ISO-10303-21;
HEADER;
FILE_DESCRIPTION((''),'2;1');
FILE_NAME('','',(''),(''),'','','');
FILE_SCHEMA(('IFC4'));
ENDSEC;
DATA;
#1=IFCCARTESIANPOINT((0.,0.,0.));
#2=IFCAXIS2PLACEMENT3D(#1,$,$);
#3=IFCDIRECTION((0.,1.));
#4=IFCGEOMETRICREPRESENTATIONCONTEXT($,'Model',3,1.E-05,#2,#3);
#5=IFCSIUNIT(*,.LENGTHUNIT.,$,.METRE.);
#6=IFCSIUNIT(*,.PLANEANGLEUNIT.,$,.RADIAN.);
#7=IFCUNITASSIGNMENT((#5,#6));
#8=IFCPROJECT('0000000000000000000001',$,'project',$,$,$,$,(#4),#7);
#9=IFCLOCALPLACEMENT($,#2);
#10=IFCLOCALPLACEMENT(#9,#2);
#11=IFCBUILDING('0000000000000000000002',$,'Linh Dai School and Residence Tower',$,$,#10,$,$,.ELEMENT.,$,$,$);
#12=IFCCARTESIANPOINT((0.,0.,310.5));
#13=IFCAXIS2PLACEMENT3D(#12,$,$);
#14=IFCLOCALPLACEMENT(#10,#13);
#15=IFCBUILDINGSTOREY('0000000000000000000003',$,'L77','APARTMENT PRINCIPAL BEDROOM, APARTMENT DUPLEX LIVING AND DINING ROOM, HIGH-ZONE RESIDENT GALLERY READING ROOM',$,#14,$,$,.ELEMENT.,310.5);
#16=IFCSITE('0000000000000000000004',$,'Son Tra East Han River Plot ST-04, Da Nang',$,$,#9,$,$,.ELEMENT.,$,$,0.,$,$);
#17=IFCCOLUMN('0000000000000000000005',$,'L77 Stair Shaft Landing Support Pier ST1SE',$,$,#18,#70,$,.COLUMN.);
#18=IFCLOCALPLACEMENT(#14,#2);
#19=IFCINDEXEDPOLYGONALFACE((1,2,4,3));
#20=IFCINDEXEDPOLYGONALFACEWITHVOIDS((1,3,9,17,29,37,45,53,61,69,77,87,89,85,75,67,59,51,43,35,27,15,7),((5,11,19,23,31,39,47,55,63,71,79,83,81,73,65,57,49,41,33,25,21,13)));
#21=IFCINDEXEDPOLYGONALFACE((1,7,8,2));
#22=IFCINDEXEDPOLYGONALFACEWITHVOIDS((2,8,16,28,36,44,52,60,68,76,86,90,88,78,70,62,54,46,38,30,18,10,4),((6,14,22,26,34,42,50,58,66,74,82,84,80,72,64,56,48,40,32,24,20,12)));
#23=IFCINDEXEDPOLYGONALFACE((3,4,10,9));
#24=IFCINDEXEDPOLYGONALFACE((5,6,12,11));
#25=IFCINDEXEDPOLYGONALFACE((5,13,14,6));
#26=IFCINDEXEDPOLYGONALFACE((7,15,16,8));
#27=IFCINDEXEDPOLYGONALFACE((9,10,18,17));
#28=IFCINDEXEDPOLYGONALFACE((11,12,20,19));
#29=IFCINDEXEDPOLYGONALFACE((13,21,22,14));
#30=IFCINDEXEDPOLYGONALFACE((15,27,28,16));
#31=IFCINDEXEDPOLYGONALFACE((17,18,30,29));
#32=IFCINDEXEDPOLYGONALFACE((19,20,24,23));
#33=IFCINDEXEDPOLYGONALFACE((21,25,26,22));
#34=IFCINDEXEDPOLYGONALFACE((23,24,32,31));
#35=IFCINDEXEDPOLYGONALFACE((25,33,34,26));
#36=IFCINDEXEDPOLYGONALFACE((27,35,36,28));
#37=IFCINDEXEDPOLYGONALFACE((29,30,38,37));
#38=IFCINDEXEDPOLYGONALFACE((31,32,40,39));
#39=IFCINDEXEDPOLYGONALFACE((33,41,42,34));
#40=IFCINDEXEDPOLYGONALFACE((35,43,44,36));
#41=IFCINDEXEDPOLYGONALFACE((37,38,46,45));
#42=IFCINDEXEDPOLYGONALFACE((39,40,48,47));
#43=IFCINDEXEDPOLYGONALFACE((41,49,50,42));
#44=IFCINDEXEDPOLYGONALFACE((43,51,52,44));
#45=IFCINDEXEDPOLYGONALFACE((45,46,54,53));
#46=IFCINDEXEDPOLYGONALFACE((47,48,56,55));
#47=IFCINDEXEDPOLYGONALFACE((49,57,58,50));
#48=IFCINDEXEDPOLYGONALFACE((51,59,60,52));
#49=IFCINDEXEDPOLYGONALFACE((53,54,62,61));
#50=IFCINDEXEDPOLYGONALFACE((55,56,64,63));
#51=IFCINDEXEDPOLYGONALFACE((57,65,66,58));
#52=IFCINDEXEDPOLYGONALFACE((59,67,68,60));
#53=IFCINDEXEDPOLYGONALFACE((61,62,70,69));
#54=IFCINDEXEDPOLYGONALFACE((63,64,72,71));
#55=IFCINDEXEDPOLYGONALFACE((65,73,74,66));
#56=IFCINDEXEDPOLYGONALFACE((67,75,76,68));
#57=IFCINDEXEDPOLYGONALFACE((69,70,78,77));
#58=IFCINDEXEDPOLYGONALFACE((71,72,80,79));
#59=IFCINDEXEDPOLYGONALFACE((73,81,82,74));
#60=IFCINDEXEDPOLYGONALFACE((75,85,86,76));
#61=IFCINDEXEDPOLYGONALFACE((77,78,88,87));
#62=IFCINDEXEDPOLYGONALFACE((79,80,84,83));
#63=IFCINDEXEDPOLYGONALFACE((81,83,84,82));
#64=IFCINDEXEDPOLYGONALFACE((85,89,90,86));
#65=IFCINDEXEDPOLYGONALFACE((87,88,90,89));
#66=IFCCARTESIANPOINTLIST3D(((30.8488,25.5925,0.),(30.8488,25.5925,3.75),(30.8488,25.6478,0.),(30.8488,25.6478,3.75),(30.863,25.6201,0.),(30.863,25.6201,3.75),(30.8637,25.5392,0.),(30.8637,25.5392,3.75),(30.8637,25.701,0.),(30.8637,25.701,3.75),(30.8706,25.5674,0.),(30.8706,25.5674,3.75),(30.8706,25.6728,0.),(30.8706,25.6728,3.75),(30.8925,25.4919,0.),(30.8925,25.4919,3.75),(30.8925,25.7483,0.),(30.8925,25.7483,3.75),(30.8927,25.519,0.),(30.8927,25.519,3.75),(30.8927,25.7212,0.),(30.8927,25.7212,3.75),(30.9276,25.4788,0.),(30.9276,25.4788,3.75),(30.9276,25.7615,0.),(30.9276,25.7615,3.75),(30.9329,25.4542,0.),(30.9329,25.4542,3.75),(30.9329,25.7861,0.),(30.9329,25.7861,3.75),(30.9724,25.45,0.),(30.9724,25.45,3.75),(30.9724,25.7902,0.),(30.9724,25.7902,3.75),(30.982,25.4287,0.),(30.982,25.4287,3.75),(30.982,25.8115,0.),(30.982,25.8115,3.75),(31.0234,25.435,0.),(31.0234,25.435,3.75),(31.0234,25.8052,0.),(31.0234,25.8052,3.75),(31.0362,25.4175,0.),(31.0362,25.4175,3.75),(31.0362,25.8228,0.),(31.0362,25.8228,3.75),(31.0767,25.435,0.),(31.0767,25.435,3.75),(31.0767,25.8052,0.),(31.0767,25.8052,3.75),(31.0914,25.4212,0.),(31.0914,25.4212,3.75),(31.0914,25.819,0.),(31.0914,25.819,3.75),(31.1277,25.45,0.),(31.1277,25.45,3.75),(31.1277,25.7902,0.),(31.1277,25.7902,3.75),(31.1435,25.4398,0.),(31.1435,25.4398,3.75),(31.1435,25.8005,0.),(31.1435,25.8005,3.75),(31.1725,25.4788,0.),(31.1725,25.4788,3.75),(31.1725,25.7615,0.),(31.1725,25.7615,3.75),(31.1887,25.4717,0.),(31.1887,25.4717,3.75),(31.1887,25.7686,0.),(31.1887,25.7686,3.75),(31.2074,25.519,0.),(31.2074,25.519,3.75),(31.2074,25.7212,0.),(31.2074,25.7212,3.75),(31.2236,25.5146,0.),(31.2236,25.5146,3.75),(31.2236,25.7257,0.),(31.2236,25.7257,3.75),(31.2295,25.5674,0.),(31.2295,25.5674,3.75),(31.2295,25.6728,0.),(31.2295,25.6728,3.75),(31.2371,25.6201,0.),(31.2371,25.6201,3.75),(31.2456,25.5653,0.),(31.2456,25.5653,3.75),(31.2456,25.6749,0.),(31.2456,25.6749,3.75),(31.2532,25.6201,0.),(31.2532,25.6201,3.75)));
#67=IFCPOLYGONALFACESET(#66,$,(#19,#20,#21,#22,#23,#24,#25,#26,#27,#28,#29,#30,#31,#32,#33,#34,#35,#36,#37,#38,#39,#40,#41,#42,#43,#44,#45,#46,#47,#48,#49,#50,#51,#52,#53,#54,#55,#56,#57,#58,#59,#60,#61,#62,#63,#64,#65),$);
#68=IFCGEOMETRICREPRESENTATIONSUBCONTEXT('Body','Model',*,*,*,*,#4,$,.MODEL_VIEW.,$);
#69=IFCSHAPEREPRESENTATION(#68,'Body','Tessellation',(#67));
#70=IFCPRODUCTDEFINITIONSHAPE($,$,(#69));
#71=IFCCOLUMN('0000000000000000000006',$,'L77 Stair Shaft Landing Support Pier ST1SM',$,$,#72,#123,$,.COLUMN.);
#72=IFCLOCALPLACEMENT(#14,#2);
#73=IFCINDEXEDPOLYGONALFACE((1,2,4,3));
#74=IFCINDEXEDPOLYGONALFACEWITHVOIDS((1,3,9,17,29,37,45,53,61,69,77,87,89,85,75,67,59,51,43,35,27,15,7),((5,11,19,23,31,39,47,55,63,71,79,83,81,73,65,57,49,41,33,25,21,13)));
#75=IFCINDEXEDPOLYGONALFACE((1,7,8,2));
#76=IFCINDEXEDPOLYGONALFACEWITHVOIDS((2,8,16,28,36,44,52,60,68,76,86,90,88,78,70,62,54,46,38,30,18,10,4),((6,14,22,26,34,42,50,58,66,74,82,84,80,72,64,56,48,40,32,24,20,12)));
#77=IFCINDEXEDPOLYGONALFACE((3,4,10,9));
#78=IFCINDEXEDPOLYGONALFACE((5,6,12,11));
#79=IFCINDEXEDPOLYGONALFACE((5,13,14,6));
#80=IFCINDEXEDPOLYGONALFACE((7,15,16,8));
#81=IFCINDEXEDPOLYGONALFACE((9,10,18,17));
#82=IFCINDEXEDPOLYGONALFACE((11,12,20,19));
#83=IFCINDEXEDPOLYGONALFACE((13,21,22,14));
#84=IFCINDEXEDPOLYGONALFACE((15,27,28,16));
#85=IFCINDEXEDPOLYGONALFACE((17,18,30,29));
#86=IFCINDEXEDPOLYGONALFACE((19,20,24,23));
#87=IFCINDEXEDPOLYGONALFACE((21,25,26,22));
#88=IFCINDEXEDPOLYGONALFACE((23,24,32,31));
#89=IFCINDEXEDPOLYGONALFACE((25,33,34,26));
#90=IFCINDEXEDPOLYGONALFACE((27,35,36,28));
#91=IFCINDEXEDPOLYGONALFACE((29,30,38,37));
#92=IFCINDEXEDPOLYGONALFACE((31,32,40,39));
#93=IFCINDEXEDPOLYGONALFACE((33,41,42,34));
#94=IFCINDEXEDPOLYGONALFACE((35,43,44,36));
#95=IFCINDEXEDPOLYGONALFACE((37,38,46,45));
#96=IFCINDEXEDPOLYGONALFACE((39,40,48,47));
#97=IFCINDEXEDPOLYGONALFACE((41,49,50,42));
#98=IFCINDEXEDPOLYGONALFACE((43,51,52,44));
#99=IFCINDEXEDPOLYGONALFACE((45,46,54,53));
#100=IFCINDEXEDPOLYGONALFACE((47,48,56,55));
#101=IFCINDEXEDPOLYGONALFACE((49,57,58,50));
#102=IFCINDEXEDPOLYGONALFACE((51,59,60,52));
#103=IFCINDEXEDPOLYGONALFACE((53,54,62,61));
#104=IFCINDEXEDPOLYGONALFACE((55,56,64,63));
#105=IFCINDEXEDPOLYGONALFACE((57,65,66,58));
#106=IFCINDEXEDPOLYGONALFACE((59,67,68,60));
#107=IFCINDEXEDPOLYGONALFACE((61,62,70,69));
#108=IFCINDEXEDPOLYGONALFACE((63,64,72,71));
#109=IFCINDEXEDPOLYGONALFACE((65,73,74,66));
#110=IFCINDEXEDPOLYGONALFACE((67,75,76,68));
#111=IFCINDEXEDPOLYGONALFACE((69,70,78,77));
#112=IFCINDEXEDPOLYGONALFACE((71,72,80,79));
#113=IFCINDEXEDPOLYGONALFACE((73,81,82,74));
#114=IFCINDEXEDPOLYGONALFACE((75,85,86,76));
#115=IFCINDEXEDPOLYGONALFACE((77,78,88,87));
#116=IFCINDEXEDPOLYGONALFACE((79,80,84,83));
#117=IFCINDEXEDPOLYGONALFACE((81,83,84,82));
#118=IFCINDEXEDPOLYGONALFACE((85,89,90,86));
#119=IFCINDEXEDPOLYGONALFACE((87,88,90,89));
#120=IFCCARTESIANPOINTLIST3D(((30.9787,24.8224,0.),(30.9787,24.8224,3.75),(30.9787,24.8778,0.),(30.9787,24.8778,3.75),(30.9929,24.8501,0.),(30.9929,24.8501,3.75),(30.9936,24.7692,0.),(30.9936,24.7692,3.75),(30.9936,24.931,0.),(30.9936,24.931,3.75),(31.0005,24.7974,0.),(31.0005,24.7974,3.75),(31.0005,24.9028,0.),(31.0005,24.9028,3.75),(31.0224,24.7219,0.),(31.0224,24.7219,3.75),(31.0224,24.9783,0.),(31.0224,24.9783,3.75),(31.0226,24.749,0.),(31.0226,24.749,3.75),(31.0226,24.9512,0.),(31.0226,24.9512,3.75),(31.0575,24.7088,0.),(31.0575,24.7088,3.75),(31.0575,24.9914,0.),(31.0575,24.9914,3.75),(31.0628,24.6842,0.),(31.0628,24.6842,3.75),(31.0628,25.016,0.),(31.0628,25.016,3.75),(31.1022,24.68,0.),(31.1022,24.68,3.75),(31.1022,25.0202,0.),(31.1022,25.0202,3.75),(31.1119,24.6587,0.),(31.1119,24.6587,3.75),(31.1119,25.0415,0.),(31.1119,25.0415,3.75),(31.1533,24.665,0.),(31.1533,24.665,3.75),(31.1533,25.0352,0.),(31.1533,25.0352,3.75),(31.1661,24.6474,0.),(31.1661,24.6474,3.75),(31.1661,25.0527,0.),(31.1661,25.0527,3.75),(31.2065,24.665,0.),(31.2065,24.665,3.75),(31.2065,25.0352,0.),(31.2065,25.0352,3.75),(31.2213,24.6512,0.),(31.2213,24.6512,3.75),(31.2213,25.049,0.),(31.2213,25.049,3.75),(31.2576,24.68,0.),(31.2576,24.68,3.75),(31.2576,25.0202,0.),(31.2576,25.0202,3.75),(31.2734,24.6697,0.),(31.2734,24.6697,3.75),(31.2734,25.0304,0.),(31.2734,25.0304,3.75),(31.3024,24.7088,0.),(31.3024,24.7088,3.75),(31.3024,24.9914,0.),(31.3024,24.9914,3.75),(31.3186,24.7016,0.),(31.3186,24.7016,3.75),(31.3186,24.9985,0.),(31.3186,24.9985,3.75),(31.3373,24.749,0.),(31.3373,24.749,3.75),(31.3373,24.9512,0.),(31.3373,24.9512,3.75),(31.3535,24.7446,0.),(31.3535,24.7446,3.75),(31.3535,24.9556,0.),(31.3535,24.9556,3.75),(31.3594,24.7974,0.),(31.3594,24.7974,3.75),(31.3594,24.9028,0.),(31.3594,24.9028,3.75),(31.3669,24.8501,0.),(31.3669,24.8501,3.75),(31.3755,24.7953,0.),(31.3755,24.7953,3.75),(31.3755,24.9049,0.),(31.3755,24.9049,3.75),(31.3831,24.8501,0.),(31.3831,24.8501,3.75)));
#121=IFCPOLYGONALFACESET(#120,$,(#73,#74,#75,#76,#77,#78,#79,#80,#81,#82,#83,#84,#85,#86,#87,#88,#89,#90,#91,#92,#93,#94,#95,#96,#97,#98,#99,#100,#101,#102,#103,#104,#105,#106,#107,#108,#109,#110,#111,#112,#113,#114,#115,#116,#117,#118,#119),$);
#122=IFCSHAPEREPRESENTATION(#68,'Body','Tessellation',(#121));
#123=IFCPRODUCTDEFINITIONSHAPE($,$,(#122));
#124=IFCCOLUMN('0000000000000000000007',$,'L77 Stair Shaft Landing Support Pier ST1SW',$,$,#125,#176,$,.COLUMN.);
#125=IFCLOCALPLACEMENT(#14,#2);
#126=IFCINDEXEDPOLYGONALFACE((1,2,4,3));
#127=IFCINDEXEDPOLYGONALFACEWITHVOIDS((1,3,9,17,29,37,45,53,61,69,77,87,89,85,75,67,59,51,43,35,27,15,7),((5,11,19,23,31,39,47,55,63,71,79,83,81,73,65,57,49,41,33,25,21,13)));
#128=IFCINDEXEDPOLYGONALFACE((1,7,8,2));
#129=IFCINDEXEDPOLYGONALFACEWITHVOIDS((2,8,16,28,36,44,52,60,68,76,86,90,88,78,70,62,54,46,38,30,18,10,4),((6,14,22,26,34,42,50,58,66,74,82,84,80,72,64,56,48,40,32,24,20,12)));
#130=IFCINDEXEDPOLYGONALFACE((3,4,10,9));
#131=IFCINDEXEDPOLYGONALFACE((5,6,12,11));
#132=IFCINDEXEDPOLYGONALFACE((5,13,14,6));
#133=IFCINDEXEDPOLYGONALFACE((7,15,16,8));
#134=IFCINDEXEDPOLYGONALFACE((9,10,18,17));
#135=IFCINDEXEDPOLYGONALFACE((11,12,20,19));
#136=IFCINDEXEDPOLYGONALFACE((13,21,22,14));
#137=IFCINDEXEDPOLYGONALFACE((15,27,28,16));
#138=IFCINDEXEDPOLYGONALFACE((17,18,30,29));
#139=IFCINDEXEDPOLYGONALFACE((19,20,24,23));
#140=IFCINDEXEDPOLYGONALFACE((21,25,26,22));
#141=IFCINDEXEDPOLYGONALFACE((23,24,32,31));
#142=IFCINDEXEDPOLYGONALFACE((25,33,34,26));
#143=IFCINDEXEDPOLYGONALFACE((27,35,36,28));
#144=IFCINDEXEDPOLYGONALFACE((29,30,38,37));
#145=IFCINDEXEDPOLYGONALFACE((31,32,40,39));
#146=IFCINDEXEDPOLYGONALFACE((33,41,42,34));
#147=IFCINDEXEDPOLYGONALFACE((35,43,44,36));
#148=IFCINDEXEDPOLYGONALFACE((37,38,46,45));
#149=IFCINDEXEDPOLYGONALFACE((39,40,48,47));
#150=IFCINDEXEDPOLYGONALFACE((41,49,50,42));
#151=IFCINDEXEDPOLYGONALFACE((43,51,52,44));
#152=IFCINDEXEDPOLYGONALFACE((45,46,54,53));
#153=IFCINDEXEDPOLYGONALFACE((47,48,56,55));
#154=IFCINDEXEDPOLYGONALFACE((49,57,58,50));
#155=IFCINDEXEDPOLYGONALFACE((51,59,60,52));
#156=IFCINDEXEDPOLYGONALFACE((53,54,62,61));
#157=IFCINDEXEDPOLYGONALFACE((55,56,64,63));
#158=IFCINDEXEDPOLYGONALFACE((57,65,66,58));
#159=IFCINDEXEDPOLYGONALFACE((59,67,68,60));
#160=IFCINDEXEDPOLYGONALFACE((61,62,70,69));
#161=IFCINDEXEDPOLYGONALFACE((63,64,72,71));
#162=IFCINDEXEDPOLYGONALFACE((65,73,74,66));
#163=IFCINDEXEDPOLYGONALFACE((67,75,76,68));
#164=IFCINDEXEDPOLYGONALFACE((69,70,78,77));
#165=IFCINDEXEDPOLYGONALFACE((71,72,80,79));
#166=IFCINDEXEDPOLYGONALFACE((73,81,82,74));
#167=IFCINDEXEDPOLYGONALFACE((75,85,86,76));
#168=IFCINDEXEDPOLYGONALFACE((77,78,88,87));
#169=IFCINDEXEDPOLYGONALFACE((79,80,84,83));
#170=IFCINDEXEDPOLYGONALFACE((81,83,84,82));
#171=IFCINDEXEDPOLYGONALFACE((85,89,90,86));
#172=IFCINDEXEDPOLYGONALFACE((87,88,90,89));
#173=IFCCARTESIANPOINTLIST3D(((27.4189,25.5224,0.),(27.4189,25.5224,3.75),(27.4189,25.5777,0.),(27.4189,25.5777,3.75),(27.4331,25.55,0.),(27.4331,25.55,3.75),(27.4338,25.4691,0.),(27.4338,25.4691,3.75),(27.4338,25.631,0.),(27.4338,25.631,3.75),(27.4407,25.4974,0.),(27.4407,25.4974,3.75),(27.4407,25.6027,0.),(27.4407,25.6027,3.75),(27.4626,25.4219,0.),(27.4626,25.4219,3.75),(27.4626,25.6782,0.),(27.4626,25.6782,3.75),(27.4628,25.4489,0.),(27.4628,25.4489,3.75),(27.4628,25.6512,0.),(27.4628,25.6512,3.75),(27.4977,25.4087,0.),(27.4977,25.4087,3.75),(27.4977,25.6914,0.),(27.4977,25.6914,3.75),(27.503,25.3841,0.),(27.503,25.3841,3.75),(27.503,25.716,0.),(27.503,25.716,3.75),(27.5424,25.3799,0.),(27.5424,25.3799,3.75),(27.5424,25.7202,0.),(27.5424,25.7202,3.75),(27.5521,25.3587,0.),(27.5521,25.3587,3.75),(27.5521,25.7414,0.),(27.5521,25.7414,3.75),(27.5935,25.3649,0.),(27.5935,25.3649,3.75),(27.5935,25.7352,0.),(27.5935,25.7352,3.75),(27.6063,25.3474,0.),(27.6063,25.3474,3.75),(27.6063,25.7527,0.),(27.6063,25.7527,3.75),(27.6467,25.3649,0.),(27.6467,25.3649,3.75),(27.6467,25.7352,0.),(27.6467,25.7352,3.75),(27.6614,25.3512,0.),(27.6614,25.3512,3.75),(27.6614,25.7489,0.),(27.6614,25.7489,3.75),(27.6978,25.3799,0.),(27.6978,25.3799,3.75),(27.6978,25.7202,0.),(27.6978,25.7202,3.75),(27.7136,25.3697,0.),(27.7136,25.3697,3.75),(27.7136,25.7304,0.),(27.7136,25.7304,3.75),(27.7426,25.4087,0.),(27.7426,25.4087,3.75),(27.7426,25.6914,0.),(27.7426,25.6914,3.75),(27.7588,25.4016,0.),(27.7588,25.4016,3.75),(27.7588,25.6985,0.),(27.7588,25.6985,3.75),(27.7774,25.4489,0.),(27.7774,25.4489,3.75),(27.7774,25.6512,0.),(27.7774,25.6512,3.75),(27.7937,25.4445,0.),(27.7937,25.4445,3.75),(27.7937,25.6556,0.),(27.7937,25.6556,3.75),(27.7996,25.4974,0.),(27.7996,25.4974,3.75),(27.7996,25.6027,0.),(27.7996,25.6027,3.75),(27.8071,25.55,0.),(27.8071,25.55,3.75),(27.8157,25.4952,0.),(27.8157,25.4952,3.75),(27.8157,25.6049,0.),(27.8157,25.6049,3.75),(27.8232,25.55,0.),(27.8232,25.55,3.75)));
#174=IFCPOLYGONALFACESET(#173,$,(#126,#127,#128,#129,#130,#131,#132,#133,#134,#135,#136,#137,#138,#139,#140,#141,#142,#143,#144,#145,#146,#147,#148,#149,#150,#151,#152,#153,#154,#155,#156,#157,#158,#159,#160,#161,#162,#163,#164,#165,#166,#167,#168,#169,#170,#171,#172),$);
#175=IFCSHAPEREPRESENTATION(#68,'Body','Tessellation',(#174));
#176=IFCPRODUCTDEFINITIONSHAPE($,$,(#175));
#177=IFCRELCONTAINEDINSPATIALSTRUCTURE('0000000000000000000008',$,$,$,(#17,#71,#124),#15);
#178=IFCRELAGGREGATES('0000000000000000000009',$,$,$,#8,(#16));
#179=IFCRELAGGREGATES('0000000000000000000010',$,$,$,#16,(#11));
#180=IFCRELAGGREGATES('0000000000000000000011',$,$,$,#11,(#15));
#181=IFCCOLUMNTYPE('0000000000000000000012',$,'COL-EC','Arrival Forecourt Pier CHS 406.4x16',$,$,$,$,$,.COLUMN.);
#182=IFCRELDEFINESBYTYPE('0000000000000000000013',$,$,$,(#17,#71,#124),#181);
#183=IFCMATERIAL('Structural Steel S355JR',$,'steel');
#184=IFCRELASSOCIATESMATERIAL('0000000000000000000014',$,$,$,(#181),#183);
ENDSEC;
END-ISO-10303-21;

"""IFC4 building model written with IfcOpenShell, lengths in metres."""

from ifc_helpers import new_model, si_unit, direction, frame, origin, origin_2d, place, context, subcontext, project, spatial, hollow_circle, extrude, material, material_profile, profile_set, type_object, element, save


model = new_model("IFC4")

# Units and contexts
model_context = context("Model", 3, precision=1e-05, world=origin(), true_north=direction((0.0, 1.0)))
body_context = subcontext(model_context, "Body", "Model", "MODEL_VIEW")
ifc_project = project(units=[si_unit("LENGTHUNIT", "METRE"), si_unit("PLANEANGLEUNIT", "RADIAN")], contexts=[model_context])

# Site, building, storey
site_placement = place(None, origin())
site = spatial("IfcSite", under=ifc_project, at=site_placement, Name="Son Tra East Han River Plot ST-04, Da Nang", CompositionType="ELEMENT", RefElevation=0.0)
building_placement = place(site_placement, origin())
building = spatial("IfcBuilding", under=site, at=building_placement, Name="Linh Dai School and Residence Tower", CompositionType="ELEMENT")
storey_placement = place(building_placement, frame((0.0, 0.0, 310.5)))
storey = spatial("IfcBuildingStorey", under=building, at=storey_placement, Name="L77", Description="APARTMENT PRINCIPAL BEDROOM, APARTMENT DUPLEX LIVING AND DINING ROOM, HIGH-ZONE RESIDENT GALLERY READING ROOM", CompositionType="ELEMENT", Elevation=310.5)

# Columns
ifc_material_1 = material(Name="Structural Steel S355JR", Category="steel")
ifc_material_profile_1 = material_profile(ifc_material_1, hollow_circle(Radius=0.2031, WallThickness=0.0161, at=origin_2d()), Name="CHS 406.4x16")
ifc_profile_set_1 = profile_set([ifc_material_profile_1], Name="Structural Steel S355JR")
column_type = type_object("IfcColumnType", Name="COL-EC", Description="Arrival Forecourt Pier CHS 406.4x16", PredefinedType="COLUMN", material=ifc_profile_set_1)
for number, where, z_axis, x_axis, name in (
    (1, (31.05, 25.6201, 0.0), (0.0, 0.0, 1.0), (1.0, 0.0, 0.0), "L77 Stair Shaft Landing Support Pier ST1SE"),
    (2, (31.1799, 24.8501, 0.0), (0.0, 0.0, 1.0), (1.0, 0.0, 0.0), "L77 Stair Shaft Landing Support Pier ST1SM"),
    (3, (27.6201, 25.55, 0.0), (0.0, 0.0, 1.0), (1.0, 0.0, 0.0), "L77 Stair Shaft Landing Support Pier ST1SW"),
):
    element("IfcColumn", number, at=place(storey_placement, frame(where, z_axis=z_axis, x_axis=x_axis)), inside=storey, type_object=column_type, Name=name, PredefinedType="COLUMN", context=body_context, shape_type="SweptSolid", body=[
        extrude(hollow_circle(Radius=0.2031, WallThickness=0.0161, at=origin_2d()), origin(), (0.0, 0.0, 1.0), 3.75),
    ])

save(model, "model.ifc")
